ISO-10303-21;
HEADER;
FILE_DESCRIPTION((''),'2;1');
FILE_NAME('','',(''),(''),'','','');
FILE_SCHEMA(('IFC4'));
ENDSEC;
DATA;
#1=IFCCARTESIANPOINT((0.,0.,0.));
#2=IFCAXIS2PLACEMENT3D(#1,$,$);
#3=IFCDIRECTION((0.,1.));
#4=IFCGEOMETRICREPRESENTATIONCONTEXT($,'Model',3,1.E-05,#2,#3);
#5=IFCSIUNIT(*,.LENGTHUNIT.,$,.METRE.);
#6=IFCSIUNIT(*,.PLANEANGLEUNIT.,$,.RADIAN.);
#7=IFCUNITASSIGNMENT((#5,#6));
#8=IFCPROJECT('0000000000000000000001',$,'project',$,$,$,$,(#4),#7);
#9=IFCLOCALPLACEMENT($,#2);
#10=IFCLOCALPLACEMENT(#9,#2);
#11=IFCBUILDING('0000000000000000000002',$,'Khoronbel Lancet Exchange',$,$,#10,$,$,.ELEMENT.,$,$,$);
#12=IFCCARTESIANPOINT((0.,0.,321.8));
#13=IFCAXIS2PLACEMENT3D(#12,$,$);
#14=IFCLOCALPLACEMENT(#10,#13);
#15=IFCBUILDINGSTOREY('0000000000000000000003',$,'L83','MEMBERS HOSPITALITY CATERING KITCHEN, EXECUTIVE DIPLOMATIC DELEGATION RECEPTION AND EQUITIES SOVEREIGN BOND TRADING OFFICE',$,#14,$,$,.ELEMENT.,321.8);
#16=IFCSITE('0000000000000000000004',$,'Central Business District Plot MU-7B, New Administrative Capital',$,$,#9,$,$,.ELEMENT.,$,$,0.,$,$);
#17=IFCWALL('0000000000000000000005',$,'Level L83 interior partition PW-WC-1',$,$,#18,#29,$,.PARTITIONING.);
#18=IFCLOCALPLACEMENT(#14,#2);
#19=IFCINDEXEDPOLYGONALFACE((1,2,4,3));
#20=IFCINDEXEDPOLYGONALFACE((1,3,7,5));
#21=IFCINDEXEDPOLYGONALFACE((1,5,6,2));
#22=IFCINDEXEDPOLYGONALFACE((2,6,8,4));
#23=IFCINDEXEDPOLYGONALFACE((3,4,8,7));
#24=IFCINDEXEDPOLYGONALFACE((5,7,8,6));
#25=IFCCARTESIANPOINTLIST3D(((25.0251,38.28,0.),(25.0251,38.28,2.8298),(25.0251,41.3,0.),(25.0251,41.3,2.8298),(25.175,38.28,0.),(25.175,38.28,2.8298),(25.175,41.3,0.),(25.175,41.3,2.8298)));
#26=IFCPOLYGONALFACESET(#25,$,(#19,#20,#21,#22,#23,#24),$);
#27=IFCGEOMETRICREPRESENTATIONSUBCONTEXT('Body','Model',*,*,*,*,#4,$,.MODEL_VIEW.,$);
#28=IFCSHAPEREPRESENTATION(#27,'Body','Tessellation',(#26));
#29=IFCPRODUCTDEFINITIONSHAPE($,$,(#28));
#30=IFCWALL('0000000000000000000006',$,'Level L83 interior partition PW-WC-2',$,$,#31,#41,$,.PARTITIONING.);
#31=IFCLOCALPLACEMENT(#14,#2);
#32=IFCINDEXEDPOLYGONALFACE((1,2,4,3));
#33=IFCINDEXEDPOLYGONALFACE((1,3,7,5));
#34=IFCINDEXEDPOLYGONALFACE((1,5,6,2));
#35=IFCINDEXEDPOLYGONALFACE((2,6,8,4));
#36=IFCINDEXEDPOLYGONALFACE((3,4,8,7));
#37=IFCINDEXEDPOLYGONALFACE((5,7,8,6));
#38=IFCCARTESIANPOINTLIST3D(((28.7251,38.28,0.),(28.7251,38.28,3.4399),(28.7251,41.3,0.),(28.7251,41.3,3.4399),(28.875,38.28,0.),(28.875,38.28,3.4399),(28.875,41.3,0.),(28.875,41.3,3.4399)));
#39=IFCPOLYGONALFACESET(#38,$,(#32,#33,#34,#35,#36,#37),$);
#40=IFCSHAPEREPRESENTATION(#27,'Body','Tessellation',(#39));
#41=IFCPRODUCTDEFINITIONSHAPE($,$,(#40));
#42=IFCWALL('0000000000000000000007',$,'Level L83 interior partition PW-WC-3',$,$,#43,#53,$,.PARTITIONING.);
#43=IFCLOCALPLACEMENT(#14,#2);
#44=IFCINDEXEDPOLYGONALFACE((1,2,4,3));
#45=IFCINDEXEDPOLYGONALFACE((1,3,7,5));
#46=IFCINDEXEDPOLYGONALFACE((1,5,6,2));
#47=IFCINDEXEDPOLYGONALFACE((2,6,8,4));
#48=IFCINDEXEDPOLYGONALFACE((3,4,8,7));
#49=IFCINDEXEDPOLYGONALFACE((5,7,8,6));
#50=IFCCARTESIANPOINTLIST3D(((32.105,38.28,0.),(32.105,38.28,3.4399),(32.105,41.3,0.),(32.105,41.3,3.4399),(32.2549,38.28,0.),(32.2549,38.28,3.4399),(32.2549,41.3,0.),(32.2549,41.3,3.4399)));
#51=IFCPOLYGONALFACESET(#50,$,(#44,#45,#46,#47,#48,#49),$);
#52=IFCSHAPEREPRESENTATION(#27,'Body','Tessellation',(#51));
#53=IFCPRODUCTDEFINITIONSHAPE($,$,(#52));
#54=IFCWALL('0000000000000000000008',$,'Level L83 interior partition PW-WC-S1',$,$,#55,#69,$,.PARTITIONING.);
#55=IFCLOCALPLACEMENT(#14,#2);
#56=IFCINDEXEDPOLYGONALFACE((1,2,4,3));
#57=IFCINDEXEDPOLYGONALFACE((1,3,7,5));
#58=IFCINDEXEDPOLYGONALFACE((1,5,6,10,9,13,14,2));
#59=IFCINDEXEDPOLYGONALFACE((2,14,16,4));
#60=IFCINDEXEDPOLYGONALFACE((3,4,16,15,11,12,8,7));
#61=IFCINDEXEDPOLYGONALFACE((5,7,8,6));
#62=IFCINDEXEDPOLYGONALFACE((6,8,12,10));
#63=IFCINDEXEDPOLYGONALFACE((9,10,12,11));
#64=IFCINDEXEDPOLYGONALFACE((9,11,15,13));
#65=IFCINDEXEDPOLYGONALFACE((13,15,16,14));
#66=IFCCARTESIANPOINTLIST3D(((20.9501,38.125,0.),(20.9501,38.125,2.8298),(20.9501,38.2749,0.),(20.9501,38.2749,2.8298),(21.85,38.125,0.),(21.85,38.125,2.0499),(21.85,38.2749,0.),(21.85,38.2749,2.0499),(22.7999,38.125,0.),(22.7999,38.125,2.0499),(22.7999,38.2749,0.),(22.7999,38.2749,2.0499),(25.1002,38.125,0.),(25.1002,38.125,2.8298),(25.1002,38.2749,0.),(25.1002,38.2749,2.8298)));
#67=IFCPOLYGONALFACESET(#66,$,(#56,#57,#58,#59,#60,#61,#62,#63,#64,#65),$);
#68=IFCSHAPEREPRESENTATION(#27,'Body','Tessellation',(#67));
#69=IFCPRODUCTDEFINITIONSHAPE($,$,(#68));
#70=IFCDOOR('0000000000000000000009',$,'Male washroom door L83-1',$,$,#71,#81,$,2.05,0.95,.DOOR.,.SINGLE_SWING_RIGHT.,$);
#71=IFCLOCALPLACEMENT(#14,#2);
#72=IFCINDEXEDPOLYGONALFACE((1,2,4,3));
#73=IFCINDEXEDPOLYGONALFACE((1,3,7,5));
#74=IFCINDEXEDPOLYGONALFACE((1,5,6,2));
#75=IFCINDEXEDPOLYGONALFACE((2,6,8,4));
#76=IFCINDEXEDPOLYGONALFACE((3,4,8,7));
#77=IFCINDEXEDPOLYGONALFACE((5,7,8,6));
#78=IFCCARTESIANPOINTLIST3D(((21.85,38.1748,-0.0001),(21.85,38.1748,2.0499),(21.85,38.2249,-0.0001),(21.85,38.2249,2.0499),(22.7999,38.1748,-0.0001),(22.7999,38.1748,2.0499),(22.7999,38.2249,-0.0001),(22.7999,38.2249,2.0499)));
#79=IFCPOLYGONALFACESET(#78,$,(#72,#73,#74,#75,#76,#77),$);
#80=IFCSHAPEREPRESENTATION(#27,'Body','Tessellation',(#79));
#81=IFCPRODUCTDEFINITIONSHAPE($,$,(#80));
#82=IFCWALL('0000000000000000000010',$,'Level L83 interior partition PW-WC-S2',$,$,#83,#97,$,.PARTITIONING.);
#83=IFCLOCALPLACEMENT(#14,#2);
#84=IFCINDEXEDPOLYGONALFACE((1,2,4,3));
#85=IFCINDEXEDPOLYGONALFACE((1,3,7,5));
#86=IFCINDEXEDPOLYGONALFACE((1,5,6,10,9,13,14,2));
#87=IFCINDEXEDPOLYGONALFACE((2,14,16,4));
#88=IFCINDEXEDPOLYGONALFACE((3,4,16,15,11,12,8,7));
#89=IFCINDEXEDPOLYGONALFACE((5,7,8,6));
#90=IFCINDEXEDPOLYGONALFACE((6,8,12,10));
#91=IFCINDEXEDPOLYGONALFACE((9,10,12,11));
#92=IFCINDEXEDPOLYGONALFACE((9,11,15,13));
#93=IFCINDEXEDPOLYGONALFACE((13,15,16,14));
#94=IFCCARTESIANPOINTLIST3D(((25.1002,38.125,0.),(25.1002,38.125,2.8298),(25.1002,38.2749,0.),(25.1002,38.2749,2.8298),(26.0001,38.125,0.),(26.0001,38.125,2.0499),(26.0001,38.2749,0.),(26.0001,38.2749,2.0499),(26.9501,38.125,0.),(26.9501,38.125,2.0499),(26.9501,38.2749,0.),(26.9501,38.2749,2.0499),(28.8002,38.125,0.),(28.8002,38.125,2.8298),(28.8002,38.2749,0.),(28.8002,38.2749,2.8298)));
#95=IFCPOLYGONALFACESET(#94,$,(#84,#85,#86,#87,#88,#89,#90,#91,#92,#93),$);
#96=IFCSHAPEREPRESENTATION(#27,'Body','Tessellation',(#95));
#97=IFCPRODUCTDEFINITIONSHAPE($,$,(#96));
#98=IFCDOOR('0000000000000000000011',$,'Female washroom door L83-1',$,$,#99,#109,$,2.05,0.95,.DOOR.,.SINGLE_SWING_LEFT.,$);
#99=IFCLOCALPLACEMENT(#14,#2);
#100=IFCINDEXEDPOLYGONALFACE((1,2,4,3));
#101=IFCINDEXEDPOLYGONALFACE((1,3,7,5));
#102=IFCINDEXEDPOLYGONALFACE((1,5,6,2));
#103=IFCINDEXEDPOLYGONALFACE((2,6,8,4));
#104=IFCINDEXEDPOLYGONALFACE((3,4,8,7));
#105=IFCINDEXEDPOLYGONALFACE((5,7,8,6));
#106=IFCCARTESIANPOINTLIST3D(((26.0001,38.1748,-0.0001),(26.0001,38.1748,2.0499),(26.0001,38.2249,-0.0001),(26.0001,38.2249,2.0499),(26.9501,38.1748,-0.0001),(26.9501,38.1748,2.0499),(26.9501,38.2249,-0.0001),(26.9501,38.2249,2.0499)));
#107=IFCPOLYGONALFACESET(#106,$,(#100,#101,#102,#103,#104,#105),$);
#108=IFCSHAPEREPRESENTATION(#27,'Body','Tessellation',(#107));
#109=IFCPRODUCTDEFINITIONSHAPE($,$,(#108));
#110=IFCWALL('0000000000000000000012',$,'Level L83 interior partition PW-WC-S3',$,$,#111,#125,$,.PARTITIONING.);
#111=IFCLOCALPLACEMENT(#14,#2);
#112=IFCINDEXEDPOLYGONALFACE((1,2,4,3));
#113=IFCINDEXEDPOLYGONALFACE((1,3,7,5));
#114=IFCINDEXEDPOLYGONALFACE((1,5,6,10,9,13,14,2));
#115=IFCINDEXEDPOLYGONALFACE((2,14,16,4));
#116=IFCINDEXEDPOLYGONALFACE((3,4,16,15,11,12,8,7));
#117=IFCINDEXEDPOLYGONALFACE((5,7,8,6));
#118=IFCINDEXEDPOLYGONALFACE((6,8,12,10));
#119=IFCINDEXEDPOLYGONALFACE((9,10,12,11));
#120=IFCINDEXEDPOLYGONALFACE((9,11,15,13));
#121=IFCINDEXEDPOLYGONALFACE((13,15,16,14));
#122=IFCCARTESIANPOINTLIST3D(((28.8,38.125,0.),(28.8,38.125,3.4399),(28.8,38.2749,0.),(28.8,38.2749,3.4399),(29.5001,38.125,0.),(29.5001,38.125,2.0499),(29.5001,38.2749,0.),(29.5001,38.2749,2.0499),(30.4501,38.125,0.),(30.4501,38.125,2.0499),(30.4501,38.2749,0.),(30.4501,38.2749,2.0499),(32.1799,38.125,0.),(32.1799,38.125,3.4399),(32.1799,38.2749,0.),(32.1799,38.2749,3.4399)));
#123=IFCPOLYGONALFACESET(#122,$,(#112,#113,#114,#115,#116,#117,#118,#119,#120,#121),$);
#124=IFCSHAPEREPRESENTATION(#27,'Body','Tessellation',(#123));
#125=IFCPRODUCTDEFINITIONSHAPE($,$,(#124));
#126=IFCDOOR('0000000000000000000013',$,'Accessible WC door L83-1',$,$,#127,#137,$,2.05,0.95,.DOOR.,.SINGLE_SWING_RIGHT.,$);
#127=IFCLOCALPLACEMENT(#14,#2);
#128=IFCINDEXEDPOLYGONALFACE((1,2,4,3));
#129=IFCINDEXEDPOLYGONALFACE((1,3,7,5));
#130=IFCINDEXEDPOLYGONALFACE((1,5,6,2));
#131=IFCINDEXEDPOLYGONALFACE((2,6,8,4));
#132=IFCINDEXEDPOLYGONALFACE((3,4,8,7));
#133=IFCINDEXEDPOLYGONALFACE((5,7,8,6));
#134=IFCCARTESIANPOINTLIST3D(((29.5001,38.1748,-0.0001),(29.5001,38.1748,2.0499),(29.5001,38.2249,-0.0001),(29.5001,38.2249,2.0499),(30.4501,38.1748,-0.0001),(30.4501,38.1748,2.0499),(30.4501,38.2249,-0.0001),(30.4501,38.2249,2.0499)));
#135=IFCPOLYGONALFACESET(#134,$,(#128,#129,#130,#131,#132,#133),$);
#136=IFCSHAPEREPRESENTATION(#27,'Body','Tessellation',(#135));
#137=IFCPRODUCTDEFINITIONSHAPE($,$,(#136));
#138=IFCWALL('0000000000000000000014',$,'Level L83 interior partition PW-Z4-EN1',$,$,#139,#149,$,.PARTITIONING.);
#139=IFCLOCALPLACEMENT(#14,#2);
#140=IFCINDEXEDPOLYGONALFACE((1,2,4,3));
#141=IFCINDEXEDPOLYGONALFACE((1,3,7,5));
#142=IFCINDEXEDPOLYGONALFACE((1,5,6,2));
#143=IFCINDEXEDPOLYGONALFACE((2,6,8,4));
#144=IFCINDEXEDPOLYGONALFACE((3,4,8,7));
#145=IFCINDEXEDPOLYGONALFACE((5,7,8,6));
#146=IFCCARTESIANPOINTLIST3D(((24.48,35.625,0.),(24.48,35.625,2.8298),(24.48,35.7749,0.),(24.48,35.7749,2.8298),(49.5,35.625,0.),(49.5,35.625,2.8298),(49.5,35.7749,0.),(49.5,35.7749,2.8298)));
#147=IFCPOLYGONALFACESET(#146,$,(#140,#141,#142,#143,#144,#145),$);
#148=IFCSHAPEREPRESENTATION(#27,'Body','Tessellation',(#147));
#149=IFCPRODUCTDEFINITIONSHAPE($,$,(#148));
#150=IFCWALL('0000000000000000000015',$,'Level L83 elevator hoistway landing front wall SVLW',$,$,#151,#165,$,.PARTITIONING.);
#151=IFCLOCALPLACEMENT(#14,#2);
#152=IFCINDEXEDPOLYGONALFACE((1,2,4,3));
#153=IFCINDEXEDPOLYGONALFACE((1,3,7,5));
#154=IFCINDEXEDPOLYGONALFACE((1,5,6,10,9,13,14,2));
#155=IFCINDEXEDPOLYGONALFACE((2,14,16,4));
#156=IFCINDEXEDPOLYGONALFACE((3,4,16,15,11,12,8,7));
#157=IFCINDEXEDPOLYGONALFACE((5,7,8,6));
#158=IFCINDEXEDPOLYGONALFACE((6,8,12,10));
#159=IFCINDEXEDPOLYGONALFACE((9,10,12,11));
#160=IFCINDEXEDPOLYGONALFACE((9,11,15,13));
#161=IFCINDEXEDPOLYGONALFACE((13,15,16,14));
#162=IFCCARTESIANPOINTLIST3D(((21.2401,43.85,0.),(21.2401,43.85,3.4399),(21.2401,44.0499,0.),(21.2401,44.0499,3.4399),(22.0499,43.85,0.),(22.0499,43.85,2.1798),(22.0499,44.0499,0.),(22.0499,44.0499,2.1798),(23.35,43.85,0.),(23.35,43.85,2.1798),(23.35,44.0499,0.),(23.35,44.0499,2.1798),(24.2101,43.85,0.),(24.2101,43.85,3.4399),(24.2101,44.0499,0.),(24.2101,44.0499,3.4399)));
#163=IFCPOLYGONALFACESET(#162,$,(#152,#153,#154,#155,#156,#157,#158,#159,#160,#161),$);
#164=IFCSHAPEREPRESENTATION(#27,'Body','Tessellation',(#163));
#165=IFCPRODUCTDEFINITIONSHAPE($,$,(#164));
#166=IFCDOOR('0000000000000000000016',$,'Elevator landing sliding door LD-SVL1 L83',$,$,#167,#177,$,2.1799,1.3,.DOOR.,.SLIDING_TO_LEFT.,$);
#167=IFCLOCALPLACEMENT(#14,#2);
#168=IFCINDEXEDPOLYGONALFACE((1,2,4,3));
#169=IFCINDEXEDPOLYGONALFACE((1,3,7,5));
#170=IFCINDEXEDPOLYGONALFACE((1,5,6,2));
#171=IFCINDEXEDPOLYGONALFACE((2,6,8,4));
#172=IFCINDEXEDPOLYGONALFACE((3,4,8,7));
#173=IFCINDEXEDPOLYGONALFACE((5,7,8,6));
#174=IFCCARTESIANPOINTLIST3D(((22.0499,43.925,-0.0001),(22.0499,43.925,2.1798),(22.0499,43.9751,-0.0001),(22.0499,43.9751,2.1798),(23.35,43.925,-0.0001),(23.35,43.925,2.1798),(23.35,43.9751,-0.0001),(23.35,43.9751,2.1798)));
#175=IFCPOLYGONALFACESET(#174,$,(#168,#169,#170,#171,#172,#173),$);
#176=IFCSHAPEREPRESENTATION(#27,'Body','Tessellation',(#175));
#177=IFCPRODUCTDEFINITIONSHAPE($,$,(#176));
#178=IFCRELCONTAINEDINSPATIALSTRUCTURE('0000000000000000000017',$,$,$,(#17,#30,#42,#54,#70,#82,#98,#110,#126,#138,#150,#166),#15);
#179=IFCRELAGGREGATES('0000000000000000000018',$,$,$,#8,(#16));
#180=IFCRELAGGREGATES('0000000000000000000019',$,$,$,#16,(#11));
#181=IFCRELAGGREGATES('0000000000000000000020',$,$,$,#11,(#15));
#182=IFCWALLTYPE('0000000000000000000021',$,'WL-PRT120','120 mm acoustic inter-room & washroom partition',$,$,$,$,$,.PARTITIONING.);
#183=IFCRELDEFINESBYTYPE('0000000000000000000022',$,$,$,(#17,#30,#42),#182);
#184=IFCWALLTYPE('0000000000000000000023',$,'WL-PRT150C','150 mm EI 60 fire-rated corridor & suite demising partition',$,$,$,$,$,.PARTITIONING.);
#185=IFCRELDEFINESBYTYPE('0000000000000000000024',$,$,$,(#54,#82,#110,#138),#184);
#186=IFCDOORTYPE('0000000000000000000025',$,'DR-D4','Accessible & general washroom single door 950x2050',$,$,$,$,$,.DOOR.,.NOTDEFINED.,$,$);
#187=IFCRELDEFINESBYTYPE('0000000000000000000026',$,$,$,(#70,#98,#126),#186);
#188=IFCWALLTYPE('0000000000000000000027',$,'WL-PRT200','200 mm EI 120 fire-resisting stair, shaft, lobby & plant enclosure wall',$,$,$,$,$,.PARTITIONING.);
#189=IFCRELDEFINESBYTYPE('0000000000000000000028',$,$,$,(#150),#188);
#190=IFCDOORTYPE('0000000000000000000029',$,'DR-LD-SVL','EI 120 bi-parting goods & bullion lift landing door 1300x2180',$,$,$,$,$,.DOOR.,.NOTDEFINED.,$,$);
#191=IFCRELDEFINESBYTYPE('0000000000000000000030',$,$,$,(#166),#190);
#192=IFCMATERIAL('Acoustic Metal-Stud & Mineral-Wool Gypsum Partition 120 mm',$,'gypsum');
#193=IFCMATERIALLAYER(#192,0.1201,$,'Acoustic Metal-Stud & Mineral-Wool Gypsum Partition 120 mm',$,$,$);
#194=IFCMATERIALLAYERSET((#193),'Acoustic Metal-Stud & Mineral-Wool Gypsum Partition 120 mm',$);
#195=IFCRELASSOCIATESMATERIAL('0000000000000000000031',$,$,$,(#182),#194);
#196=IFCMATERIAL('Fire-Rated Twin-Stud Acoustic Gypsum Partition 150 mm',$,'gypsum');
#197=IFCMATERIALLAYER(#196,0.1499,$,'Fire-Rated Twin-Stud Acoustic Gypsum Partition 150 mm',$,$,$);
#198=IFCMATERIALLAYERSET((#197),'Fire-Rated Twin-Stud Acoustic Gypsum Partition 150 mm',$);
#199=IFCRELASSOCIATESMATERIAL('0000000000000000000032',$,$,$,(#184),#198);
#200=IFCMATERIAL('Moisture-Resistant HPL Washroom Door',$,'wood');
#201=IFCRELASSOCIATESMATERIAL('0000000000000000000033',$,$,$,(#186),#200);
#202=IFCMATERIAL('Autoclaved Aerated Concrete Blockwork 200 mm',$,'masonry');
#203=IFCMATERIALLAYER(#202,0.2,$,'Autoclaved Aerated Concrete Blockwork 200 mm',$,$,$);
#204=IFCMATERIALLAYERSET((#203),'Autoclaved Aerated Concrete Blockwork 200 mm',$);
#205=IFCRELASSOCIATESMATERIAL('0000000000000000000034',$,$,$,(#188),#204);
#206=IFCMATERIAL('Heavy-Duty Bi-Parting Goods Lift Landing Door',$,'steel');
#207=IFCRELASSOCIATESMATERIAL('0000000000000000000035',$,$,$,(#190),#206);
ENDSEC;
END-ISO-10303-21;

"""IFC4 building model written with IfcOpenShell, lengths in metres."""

from ifc_helpers import new_model, si_unit, direction, frame, frame_2d, origin, place, context, subcontext, project, spatial, rectangle, extrude, material, layer, layer_set, type_object, element, fill, save


model = new_model("IFC4")

# Units and contexts
model_context = context("Model", 3, precision=1e-05, world=origin(), true_north=direction((0.0, 1.0)))
body_context = subcontext(model_context, "Body", "Model", "MODEL_VIEW")
ifc_project = project(units=[si_unit("LENGTHUNIT", "METRE"), si_unit("PLANEANGLEUNIT", "RADIAN")], contexts=[model_context])

# Site, building, storey
site_placement = place(None, origin())
site = spatial("IfcSite", under=ifc_project, at=site_placement, Name="Central Business District Plot MU-7B, New Administrative Capital", CompositionType="ELEMENT", RefElevation=0.0)
building_placement = place(site_placement, origin())
building = spatial("IfcBuilding", under=site, at=building_placement, Name="Khoronbel Lancet Exchange", CompositionType="ELEMENT")
storey_placement = place(building_placement, frame((0.0, 0.0, 321.8)))
storey = spatial("IfcBuildingStorey", under=building, at=storey_placement, Name="L83", Description="MEMBERS HOSPITALITY CATERING KITCHEN, EXECUTIVE DIPLOMATIC DELEGATION RECEPTION AND EQUITIES SOVEREIGN BOND TRADING OFFICE", CompositionType="ELEMENT", Elevation=321.8)

# Walls
ifc_material_1 = material(Name="Acoustic Metal-Stud & Mineral-Wool Gypsum Partition 120 mm", Category="gypsum")
ifc_layer_1 = layer(ifc_material_1, 0.1201, Name="Acoustic Metal-Stud & Mineral-Wool Gypsum Partition 120 mm")
ifc_layer_set_1 = layer_set([ifc_layer_1], Name="Acoustic Metal-Stud & Mineral-Wool Gypsum Partition 120 mm")
wall_type_1 = type_object("IfcWallType", Name="WL-PRT120", Description="120 mm acoustic inter-room & washroom partition", PredefinedType="PARTITIONING", material=ifc_layer_set_1)
wall_1_placement = place(storey_placement, frame((25.1001, 38.28, 0.0), z_axis=(0.0, 0.0, 1.0), x_axis=(0.0, 1.0, 0.0)))
element("IfcWall", 1, at=wall_1_placement, inside=storey, type_object=wall_type_1, Name="Level L83 interior partition PW-WC-1", PredefinedType="PARTITIONING", context=body_context, shape_type="SweptSolid", body=[
    extrude(rectangle(XDim=3.02, YDim=0.1499, at=frame_2d((1.51, 0.0))), origin(), (0.0, 0.0, 1.0), 2.8298),
])
for number, where, z_axis, x_axis, name in (
    (2, (28.8, 38.28, 0.0), (0.0, 0.0, 1.0), (0.0, 1.0, 0.0), "Level L83 interior partition PW-WC-2"),
    (3, (32.1799, 38.28, 0.0), (0.0, 0.0, 1.0), (0.0, 1.0, 0.0), "Level L83 interior partition PW-WC-3"),
):
    element("IfcWall", number, at=place(storey_placement, frame(where, z_axis=z_axis, x_axis=x_axis)), inside=storey, type_object=wall_type_1, Name=name, PredefinedType="PARTITIONING", context=body_context, shape_type="SweptSolid", body=[
        extrude(rectangle(XDim=3.02, YDim=0.1499, at=frame_2d((1.51, 0.0))), origin(), (0.0, 0.0, 1.0), 3.4399),
    ])

# Walls, openings, doors
ifc_material_2 = material(Name="Fire-Rated Twin-Stud Acoustic Gypsum Partition 150 mm", Category="gypsum")
ifc_layer_2 = layer(ifc_material_2, 0.1499, Name="Fire-Rated Twin-Stud Acoustic Gypsum Partition 150 mm")
ifc_layer_set_2 = layer_set([ifc_layer_2], Name="Fire-Rated Twin-Stud Acoustic Gypsum Partition 150 mm")
wall_type_2 = type_object("IfcWallType", Name="WL-PRT150C", Description="150 mm EI 60 fire-rated corridor & suite demising partition", PredefinedType="PARTITIONING", material=ifc_layer_set_2)
wall_2_placement = place(storey_placement, frame((20.95, 38.2, 0.0), z_axis=(0.0, 0.0, 1.0), x_axis=(1.0, 0.0, 0.0)))
wall_2 = element("IfcWall", 4, at=wall_2_placement, inside=storey, type_object=wall_type_2, Name="Level L83 interior partition PW-WC-S1", PredefinedType="PARTITIONING", context=body_context, shape_type="SweptSolid", body=[
    extrude(rectangle(XDim=4.1501, YDim=0.1499, at=frame_2d((2.0752, 0.0))), origin(), (0.0, 0.0, 1.0), 2.8298),
])
opening_1_placement = place(wall_2_placement, frame((0.8999, 0.0, 0.0)))
opening_1 = element("IfcOpeningElement", 5, at=opening_1_placement, cuts=wall_2, PredefinedType="OPENING", context=body_context, shape_type="SweptSolid", body=[
    extrude(rectangle(XDim=0.95, YDim=2.05, at=frame_2d((0.4751, 1.0249))), frame((0.0, 0.085, 0.0), z_axis=(0.0, -1.0, 0.0), x_axis=(1.0, 0.0, 0.0)), (0.0, 0.0, 1.0), 0.1699),
])
ifc_material_3 = material(Name="Moisture-Resistant HPL Washroom Door", Category="wood")
door_type_1 = type_object("IfcDoorType", Name="DR-D4", Description="Accessible & general washroom single door 950x2050", OperationType="NOTDEFINED", PredefinedType="DOOR", material=ifc_material_3)
door_1_placement = place(opening_1_placement, origin())
door_1 = element("IfcDoor", 6, at=door_1_placement, inside=storey, type_object=door_type_1, Name="Male washroom door L83-1", OperationType="SINGLE_SWING_RIGHT", OverallHeight=2.05, OverallWidth=0.95, PredefinedType="DOOR", context=body_context, shape_type="SweptSolid", body=[
    extrude(rectangle(XDim=0.95, YDim=2.05, at=frame_2d((0.4751, 1.0249))), frame((0.0, 0.0249, 0.0), z_axis=(0.0, -1.0, 0.0), x_axis=(1.0, 0.0, 0.0)), (0.0, 0.0, 1.0), 0.05),
])
fill(opening_1, door_1)
wall_3_placement = place(storey_placement, frame((25.1001, 38.2, 0.0), z_axis=(0.0, 0.0, 1.0), x_axis=(1.0, 0.0, 0.0)))
wall_3 = element("IfcWall", 7, at=wall_3_placement, inside=storey, type_object=wall_type_2, Name="Level L83 interior partition PW-WC-S2", PredefinedType="PARTITIONING", context=body_context, shape_type="SweptSolid", body=[
    extrude(rectangle(XDim=3.7, YDim=0.1499, at=frame_2d((1.8501, 0.0))), origin(), (0.0, 0.0, 1.0), 2.8298),
])
opening_2_placement = place(wall_3_placement, frame((0.8999, 0.0, 0.0)))
opening_2 = element("IfcOpeningElement", 8, at=opening_2_placement, cuts=wall_3, PredefinedType="OPENING", context=body_context, shape_type="SweptSolid", body=[
    extrude(rectangle(XDim=0.95, YDim=2.05, at=frame_2d((0.4751, 1.0249))), frame((0.0, 0.085, 0.0), z_axis=(0.0, -1.0, 0.0), x_axis=(1.0, 0.0, 0.0)), (0.0, 0.0, 1.0), 0.1699),
])
door_2_placement = place(opening_2_placement, origin())
door_2 = element("IfcDoor", 9, at=door_2_placement, inside=storey, type_object=door_type_1, Name="Female washroom door L83-1", OperationType="SINGLE_SWING_LEFT", OverallHeight=2.05, OverallWidth=0.95, PredefinedType="DOOR", context=body_context, shape_type="SweptSolid", body=[
    extrude(rectangle(XDim=0.95, YDim=2.05, at=frame_2d((0.4751, 1.0249))), frame((0.0, 0.0249, 0.0), z_axis=(0.0, -1.0, 0.0), x_axis=(1.0, 0.0, 0.0)), (0.0, 0.0, 1.0), 0.05),
])
fill(opening_2, door_2)
wall_4_placement = place(storey_placement, frame((28.8, 38.2, 0.0), z_axis=(0.0, 0.0, 1.0), x_axis=(1.0, 0.0, 0.0)))
wall_4 = element("IfcWall", 10, at=wall_4_placement, inside=storey, type_object=wall_type_2, Name="Level L83 interior partition PW-WC-S3", PredefinedType="PARTITIONING", context=body_context, shape_type="SweptSolid", body=[
    extrude(rectangle(XDim=3.3799, YDim=0.1499, at=frame_2d((1.6899, 0.0))), origin(), (0.0, 0.0, 1.0), 3.4399),
])
opening_3_placement = place(wall_4_placement, frame((0.7, 0.0, 0.0)))
opening_3 = element("IfcOpeningElement", 11, at=opening_3_placement, cuts=wall_4, PredefinedType="OPENING", context=body_context, shape_type="SweptSolid", body=[
    extrude(rectangle(XDim=0.95, YDim=2.05, at=frame_2d((0.4751, 1.0249))), frame((0.0, 0.085, 0.0), z_axis=(0.0, -1.0, 0.0), x_axis=(1.0, 0.0, 0.0)), (0.0, 0.0, 1.0), 0.1699),
])
door_3_placement = place(opening_3_placement, origin())
door_3 = element("IfcDoor", 12, at=door_3_placement, inside=storey, type_object=door_type_1, Name="Accessible WC door L83-1", OperationType="SINGLE_SWING_RIGHT", OverallHeight=2.05, OverallWidth=0.95, PredefinedType="DOOR", context=body_context, shape_type="SweptSolid", body=[
    extrude(rectangle(XDim=0.95, YDim=2.05, at=frame_2d((0.4751, 1.0249))), frame((0.0, 0.0249, 0.0), z_axis=(0.0, -1.0, 0.0), x_axis=(1.0, 0.0, 0.0)), (0.0, 0.0, 1.0), 0.05),
])
fill(opening_3, door_3)

# Wall
wall_5_placement = place(storey_placement, frame((24.48, 35.7, 0.0), z_axis=(0.0, 0.0, 1.0), x_axis=(1.0, 0.0, 0.0)))
element("IfcWall", 13, at=wall_5_placement, inside=storey, type_object=wall_type_2, Name="Level L83 interior partition PW-Z4-EN1", PredefinedType="PARTITIONING", context=body_context, shape_type="SweptSolid", body=[
    extrude(rectangle(XDim=25.02, YDim=0.1499, at=frame_2d((12.51, 0.0))), origin(), (0.0, 0.0, 1.0), 2.8298),
])

# Wall, opening, door
ifc_material_4 = material(Name="Autoclaved Aerated Concrete Blockwork 200 mm", Category="masonry")
ifc_layer_3 = layer(ifc_material_4, 0.2, Name="Autoclaved Aerated Concrete Blockwork 200 mm")
ifc_layer_set_3 = layer_set([ifc_layer_3], Name="Autoclaved Aerated Concrete Blockwork 200 mm")
wall_type_3 = type_object("IfcWallType", Name="WL-PRT200", Description="200 mm EI 120 fire-resisting stair, shaft, lobby & plant enclosure wall", PredefinedType="PARTITIONING", material=ifc_layer_set_3)
wall_6_placement = place(storey_placement, frame((24.21, 43.95, 0.0), z_axis=(0.0, 0.0, 1.0), x_axis=(-1.0, 0.0, 0.0)))
wall_6 = element("IfcWall", 14, at=wall_6_placement, inside=storey, type_object=wall_type_3, Name="Level L83 elevator hoistway landing front wall SVLW", PredefinedType="PARTITIONING", context=body_context, shape_type="SweptSolid", body=[
    extrude(rectangle(XDim=2.97, YDim=0.2, at=frame_2d((1.4849, 0.0))), origin(), (0.0, 0.0, 1.0), 3.4399),
])
opening_4_placement = place(wall_6_placement, frame((0.8601, 0.0, 0.0)))
opening_4 = element("IfcOpeningElement", 15, at=opening_4_placement, cuts=wall_6, PredefinedType="OPENING", context=body_context, shape_type="SweptSolid", body=[
    extrude(rectangle(XDim=1.3, YDim=2.1799, at=frame_2d((0.6499, 1.0898))), frame((0.0, 0.1099, 0.0), z_axis=(0.0, -1.0, 0.0), x_axis=(1.0, 0.0, 0.0)), (0.0, 0.0, 1.0), 0.22),
])
ifc_material_5 = material(Name="Heavy-Duty Bi-Parting Goods Lift Landing Door", Category="steel")
door_type_2 = type_object("IfcDoorType", Name="DR-LD-SVL", Description="EI 120 bi-parting goods & bullion lift landing door 1300x2180", OperationType="NOTDEFINED", PredefinedType="DOOR", material=ifc_material_5)
door_4_placement = place(opening_4_placement, origin())
door_4 = element("IfcDoor", 16, at=door_4_placement, inside=storey, type_object=door_type_2, Name="Elevator landing sliding door LD-SVL1 L83", OperationType="SLIDING_TO_LEFT", OverallHeight=2.1799, OverallWidth=1.3, PredefinedType="DOOR", context=body_context, shape_type="SweptSolid", body=[
    extrude(rectangle(XDim=1.3, YDim=2.1799, at=frame_2d((0.6499, 1.0898))), frame((0.0, 0.0249, 0.0), z_axis=(0.0, -1.0, 0.0), x_axis=(1.0, 0.0, 0.0)), (0.0, 0.0, 1.0), 0.05),
])
fill(opening_4, door_4)

save(model, "model.ifc")
